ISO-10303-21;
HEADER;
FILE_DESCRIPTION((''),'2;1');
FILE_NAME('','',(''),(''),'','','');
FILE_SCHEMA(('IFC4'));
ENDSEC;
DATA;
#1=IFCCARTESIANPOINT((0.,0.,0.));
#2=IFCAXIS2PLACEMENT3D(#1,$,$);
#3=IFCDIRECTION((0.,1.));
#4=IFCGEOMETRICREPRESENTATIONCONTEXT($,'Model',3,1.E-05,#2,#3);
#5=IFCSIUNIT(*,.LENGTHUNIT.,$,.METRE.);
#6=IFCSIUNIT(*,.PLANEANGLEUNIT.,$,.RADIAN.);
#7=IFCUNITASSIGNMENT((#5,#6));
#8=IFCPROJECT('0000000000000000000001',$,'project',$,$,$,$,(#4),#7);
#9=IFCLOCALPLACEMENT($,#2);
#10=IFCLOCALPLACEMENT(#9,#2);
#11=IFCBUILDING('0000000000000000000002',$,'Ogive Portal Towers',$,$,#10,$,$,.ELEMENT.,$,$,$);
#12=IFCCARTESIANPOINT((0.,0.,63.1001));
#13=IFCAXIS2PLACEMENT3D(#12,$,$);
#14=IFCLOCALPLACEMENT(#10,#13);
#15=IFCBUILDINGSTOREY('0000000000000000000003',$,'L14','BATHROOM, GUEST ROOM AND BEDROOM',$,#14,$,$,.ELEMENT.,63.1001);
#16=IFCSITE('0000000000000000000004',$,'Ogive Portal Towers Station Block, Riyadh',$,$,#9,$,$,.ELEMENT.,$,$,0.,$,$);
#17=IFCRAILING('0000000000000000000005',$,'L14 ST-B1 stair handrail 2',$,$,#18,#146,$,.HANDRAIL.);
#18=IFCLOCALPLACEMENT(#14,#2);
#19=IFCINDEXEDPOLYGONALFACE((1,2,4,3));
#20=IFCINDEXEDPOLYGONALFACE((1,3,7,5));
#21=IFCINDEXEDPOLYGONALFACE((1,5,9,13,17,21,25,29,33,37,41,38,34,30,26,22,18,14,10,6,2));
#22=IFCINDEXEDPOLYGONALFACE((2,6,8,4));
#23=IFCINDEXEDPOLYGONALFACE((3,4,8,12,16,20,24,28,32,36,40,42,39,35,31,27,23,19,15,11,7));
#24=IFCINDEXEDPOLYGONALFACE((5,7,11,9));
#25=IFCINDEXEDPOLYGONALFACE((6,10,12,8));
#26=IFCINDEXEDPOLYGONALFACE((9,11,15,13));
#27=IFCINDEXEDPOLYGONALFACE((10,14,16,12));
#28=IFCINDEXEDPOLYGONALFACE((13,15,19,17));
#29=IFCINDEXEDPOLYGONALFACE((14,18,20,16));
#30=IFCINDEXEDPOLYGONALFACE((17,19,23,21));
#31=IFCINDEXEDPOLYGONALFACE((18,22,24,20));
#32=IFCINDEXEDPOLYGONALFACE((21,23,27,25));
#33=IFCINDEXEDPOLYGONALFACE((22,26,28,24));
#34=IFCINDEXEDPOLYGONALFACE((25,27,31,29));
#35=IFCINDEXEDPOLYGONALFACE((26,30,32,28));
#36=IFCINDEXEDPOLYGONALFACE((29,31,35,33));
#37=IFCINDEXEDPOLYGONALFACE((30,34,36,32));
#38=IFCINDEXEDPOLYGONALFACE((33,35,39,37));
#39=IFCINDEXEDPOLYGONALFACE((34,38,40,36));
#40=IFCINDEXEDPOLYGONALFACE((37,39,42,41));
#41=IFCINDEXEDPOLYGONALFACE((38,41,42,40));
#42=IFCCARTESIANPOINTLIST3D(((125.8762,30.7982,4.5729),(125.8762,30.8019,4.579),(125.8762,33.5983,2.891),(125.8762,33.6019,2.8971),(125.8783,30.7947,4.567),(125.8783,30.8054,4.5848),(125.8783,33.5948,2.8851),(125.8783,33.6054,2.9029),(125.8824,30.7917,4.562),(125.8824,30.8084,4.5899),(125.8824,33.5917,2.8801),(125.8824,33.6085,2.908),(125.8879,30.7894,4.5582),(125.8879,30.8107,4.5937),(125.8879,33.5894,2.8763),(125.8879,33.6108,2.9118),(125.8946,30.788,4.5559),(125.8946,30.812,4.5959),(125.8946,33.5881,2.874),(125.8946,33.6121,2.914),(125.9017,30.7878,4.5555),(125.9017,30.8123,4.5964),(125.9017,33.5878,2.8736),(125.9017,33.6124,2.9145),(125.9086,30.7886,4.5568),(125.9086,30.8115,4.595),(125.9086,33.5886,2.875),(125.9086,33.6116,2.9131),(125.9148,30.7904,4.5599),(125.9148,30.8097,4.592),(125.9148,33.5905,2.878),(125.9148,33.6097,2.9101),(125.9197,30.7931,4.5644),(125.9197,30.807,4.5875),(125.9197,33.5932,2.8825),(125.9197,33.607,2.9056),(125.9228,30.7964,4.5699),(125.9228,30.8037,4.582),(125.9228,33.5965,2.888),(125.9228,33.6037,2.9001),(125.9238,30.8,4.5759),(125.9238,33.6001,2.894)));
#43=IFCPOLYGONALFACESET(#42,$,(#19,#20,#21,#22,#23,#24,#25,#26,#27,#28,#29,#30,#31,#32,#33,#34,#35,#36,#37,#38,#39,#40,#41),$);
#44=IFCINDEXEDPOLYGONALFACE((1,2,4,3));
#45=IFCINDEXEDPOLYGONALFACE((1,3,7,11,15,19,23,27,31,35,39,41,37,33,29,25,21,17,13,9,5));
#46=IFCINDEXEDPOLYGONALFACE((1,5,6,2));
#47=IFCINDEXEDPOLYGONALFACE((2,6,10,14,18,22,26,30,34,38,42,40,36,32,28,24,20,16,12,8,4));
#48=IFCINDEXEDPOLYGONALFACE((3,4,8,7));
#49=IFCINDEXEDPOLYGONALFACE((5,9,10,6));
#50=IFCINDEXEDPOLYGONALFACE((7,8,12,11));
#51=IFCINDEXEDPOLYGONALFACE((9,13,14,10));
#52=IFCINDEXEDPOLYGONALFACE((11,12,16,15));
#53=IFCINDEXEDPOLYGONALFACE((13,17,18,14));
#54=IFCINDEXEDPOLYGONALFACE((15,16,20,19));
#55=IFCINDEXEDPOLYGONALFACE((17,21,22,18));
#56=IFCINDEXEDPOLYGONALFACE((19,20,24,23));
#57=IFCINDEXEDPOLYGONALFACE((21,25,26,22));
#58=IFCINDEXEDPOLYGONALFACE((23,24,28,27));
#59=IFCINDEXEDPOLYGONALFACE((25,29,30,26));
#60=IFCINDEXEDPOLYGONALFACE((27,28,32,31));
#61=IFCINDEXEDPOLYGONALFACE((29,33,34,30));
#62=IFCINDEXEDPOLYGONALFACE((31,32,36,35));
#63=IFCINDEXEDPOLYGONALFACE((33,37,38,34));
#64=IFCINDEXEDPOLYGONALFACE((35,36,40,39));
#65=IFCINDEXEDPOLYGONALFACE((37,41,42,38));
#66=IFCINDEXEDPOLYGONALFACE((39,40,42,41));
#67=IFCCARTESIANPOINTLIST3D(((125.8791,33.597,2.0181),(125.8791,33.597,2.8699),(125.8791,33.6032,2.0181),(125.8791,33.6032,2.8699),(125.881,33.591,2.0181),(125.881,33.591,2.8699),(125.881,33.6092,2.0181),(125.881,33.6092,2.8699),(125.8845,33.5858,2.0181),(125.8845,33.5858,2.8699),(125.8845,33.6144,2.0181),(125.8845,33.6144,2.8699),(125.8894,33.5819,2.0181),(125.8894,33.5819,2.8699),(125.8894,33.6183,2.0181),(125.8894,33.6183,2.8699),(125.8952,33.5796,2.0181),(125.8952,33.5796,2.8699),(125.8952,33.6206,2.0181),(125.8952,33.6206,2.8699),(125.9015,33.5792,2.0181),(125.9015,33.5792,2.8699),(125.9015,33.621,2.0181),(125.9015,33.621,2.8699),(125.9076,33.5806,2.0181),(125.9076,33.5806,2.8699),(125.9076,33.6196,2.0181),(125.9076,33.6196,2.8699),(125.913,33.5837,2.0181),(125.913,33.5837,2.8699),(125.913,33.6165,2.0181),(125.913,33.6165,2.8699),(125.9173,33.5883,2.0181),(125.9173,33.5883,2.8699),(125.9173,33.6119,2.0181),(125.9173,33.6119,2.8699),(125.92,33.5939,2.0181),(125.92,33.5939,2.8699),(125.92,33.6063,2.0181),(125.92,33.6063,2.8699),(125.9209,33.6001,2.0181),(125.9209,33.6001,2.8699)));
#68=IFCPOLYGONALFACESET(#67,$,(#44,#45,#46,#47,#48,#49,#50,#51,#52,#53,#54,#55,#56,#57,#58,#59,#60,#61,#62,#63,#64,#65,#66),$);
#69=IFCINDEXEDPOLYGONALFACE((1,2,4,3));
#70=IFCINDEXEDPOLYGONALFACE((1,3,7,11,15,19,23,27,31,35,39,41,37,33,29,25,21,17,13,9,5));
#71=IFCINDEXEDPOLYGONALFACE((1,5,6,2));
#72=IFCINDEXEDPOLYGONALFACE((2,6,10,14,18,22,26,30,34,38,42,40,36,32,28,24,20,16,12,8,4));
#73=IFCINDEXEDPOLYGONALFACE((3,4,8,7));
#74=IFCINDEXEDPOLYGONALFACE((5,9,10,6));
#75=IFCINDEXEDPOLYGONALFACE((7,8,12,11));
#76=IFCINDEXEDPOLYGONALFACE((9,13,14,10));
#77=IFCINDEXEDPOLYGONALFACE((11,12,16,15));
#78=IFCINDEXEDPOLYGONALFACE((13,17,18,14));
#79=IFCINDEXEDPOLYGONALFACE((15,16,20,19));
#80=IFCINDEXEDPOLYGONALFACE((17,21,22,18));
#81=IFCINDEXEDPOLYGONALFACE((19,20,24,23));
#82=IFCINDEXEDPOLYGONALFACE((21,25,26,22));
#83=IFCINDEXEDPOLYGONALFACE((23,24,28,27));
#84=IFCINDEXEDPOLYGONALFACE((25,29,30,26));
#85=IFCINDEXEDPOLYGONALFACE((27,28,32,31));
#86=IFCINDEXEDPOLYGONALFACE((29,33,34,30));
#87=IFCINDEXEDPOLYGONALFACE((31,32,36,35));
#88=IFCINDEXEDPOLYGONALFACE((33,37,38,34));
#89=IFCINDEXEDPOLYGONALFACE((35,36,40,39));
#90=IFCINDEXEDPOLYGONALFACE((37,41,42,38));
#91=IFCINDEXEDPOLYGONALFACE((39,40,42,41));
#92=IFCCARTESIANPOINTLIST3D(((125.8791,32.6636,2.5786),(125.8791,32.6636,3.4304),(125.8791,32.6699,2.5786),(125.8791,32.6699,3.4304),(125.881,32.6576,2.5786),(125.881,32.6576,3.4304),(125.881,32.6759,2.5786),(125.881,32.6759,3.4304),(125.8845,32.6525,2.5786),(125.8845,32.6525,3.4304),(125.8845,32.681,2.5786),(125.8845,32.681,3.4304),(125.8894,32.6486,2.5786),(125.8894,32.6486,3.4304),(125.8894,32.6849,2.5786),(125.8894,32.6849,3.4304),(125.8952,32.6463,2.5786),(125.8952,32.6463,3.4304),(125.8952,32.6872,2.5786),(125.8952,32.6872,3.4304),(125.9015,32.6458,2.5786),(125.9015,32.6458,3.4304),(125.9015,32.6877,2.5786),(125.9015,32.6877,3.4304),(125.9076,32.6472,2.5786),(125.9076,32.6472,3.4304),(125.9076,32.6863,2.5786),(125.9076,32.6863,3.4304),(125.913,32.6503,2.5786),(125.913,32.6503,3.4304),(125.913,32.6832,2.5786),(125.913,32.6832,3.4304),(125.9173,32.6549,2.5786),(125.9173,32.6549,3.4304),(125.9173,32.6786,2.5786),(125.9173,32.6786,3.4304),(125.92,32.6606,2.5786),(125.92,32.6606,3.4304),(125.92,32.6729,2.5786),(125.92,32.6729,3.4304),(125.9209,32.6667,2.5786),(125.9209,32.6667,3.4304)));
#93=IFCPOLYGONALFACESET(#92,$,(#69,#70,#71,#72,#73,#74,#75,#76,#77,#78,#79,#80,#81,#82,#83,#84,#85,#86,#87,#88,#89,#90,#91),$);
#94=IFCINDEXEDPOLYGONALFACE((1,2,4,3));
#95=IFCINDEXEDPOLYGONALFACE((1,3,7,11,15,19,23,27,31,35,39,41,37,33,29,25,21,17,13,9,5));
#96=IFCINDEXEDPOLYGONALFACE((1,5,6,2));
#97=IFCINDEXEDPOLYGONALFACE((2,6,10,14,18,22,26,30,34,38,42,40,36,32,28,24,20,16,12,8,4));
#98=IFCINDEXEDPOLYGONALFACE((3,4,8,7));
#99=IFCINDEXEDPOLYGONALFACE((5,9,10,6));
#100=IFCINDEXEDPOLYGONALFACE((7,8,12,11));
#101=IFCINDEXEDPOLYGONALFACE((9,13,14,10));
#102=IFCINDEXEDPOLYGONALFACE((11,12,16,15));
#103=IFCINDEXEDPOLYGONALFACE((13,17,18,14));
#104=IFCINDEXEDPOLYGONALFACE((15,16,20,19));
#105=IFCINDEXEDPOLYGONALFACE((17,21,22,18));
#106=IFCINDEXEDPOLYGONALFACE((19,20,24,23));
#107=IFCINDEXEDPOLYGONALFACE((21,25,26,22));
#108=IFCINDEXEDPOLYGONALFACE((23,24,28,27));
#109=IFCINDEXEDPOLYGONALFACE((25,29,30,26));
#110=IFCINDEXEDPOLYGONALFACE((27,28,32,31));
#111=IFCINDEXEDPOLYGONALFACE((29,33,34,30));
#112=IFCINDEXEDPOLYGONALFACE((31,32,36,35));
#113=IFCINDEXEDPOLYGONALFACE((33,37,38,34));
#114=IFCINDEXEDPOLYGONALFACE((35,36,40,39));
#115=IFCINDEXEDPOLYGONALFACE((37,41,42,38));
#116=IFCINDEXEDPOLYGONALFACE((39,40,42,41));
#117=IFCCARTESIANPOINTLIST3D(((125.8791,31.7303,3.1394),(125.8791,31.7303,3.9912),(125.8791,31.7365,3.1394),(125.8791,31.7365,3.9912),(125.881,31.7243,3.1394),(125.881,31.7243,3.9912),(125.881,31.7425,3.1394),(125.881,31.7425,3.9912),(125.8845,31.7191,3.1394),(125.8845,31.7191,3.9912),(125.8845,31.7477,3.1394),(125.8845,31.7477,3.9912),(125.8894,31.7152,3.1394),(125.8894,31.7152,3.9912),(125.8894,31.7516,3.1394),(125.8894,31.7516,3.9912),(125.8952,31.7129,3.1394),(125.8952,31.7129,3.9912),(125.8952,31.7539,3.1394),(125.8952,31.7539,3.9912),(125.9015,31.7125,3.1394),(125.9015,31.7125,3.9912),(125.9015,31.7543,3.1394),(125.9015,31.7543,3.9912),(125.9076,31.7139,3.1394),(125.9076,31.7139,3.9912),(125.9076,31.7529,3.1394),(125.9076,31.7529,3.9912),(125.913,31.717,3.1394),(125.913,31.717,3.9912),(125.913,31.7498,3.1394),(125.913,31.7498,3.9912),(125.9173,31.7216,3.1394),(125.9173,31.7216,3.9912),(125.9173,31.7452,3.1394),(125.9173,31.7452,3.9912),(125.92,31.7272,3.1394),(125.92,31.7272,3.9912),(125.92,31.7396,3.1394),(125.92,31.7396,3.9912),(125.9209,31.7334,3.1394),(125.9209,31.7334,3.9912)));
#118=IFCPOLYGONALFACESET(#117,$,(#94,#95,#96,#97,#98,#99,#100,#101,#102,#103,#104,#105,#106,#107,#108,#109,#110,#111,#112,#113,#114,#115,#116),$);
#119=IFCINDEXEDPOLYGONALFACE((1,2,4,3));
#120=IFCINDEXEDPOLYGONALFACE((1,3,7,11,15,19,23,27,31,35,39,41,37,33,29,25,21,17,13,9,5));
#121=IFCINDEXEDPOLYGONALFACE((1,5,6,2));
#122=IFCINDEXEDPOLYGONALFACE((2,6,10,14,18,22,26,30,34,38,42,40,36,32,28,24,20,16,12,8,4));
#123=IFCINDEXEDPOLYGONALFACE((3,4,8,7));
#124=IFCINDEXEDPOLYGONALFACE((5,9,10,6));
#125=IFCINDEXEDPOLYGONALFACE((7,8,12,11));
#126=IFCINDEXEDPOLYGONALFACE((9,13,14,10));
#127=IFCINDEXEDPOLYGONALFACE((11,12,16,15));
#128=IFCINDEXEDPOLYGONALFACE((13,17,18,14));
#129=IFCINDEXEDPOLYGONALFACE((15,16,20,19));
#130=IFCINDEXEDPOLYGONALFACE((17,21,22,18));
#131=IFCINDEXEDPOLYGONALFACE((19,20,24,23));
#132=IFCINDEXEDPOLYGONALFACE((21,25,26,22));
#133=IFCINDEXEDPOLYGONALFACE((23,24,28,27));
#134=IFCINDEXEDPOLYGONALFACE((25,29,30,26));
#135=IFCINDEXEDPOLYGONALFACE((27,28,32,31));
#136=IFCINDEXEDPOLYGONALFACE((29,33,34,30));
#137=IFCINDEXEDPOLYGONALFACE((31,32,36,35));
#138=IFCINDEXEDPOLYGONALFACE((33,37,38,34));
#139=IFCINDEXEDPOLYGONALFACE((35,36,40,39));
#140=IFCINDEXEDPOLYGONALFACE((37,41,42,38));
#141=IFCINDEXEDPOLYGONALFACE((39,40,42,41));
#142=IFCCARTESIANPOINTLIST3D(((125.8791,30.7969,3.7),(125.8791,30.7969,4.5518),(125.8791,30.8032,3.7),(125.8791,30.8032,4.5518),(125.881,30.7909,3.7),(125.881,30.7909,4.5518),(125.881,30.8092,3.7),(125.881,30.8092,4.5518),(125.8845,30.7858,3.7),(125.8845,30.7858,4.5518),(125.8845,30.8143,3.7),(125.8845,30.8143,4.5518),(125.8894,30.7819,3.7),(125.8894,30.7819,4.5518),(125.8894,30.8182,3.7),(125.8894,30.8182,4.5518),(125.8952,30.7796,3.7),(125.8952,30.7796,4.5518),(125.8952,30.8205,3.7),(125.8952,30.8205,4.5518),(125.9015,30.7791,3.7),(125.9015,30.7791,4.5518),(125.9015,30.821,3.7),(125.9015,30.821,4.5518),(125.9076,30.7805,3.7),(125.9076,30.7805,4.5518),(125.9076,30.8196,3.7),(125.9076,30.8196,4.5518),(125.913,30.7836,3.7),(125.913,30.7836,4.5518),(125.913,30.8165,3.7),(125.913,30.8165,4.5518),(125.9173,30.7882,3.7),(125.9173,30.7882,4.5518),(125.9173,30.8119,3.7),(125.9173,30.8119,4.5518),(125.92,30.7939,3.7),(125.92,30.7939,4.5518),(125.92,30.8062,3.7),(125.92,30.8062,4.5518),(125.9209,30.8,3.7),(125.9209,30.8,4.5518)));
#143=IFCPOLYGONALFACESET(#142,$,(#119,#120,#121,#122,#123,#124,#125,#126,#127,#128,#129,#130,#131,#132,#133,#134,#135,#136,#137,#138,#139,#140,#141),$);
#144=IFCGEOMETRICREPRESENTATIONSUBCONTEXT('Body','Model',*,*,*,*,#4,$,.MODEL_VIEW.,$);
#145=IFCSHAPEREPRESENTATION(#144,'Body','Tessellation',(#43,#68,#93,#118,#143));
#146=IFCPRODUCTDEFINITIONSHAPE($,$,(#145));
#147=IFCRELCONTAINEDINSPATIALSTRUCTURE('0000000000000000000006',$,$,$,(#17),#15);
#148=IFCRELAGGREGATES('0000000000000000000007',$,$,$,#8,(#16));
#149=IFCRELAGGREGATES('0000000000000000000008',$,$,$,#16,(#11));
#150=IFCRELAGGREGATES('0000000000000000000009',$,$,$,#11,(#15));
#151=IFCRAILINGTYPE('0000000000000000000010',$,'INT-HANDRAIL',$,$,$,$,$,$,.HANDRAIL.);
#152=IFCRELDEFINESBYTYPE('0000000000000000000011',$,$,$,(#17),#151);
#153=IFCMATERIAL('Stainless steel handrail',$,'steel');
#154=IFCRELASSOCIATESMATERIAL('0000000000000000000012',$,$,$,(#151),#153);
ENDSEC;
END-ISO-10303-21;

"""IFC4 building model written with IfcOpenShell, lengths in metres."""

from ifc_helpers import new_model, si_unit, direction, frame, origin, origin_2d, place, context, subcontext, project, spatial, circle, extrude, material, type_object, element, save


model = new_model("IFC4")

# Units and contexts
model_context = context("Model", 3, precision=1e-05, world=origin(), true_north=direction((0.0, 1.0)))
body_context = subcontext(model_context, "Body", "Model", "MODEL_VIEW")
ifc_project = project(units=[si_unit("LENGTHUNIT", "METRE"), si_unit("PLANEANGLEUNIT", "RADIAN")], contexts=[model_context])

# Site, building, storey
site_placement = place(None, origin())
site = spatial("IfcSite", under=ifc_project, at=site_placement, Name="Ogive Portal Towers Station Block, Riyadh", CompositionType="ELEMENT", RefElevation=0.0)
building_placement = place(site_placement, origin())
building = spatial("IfcBuilding", under=site, at=building_placement, Name="Ogive Portal Towers", CompositionType="ELEMENT")
storey_placement = place(building_placement, frame((0.0, 0.0, 63.1001)))
storey = spatial("IfcBuildingStorey", under=building, at=storey_placement, Name="L14", Description="BATHROOM, GUEST ROOM AND BEDROOM", CompositionType="ELEMENT", Elevation=63.1001)

# Railing
ifc_material_1 = material(Name="Stainless steel handrail", Category="steel")
railing_type_1 = type_object("IfcRailingType", Name="INT-HANDRAIL", PredefinedType="HANDRAIL", material=ifc_material_1)
railing_1_placement = place(storey_placement, frame((125.8999, 33.6001, 2.0181)))
element("IfcRailing", 1, at=railing_1_placement, inside=storey, type_object=railing_type_1, Name="L14 ST-B1 stair handrail 2", PredefinedType="HANDRAIL", context=body_context, shape_type="SweptSolid", body=[
    extrude(circle(Radius=0.0239, at=origin_2d()), frame((0.0, 0.0, 0.876), z_axis=(0.0, -0.857242, 0.514913), x_axis=(1.0, 0.0, 0.0)), (0.0, 0.0, 1.0), 3.2664),
    extrude(circle(Radius=0.021, at=origin_2d()), origin(), (0.0, 0.0, 1.0), 0.8518),
    extrude(circle(Radius=0.021, at=origin_2d()), frame((0.0, -0.9333, 0.5605)), (0.0, 0.0, 1.0), 0.8518),
    extrude(circle(Radius=0.021, at=origin_2d()), frame((0.0, -1.8667, 1.1213)), (0.0, 0.0, 1.0), 0.8518),
    extrude(circle(Radius=0.021, at=origin_2d()), frame((0.0, -2.8, 1.6819)), (0.0, 0.0, 1.0), 0.8518),
])

save(model, "model.ifc")
